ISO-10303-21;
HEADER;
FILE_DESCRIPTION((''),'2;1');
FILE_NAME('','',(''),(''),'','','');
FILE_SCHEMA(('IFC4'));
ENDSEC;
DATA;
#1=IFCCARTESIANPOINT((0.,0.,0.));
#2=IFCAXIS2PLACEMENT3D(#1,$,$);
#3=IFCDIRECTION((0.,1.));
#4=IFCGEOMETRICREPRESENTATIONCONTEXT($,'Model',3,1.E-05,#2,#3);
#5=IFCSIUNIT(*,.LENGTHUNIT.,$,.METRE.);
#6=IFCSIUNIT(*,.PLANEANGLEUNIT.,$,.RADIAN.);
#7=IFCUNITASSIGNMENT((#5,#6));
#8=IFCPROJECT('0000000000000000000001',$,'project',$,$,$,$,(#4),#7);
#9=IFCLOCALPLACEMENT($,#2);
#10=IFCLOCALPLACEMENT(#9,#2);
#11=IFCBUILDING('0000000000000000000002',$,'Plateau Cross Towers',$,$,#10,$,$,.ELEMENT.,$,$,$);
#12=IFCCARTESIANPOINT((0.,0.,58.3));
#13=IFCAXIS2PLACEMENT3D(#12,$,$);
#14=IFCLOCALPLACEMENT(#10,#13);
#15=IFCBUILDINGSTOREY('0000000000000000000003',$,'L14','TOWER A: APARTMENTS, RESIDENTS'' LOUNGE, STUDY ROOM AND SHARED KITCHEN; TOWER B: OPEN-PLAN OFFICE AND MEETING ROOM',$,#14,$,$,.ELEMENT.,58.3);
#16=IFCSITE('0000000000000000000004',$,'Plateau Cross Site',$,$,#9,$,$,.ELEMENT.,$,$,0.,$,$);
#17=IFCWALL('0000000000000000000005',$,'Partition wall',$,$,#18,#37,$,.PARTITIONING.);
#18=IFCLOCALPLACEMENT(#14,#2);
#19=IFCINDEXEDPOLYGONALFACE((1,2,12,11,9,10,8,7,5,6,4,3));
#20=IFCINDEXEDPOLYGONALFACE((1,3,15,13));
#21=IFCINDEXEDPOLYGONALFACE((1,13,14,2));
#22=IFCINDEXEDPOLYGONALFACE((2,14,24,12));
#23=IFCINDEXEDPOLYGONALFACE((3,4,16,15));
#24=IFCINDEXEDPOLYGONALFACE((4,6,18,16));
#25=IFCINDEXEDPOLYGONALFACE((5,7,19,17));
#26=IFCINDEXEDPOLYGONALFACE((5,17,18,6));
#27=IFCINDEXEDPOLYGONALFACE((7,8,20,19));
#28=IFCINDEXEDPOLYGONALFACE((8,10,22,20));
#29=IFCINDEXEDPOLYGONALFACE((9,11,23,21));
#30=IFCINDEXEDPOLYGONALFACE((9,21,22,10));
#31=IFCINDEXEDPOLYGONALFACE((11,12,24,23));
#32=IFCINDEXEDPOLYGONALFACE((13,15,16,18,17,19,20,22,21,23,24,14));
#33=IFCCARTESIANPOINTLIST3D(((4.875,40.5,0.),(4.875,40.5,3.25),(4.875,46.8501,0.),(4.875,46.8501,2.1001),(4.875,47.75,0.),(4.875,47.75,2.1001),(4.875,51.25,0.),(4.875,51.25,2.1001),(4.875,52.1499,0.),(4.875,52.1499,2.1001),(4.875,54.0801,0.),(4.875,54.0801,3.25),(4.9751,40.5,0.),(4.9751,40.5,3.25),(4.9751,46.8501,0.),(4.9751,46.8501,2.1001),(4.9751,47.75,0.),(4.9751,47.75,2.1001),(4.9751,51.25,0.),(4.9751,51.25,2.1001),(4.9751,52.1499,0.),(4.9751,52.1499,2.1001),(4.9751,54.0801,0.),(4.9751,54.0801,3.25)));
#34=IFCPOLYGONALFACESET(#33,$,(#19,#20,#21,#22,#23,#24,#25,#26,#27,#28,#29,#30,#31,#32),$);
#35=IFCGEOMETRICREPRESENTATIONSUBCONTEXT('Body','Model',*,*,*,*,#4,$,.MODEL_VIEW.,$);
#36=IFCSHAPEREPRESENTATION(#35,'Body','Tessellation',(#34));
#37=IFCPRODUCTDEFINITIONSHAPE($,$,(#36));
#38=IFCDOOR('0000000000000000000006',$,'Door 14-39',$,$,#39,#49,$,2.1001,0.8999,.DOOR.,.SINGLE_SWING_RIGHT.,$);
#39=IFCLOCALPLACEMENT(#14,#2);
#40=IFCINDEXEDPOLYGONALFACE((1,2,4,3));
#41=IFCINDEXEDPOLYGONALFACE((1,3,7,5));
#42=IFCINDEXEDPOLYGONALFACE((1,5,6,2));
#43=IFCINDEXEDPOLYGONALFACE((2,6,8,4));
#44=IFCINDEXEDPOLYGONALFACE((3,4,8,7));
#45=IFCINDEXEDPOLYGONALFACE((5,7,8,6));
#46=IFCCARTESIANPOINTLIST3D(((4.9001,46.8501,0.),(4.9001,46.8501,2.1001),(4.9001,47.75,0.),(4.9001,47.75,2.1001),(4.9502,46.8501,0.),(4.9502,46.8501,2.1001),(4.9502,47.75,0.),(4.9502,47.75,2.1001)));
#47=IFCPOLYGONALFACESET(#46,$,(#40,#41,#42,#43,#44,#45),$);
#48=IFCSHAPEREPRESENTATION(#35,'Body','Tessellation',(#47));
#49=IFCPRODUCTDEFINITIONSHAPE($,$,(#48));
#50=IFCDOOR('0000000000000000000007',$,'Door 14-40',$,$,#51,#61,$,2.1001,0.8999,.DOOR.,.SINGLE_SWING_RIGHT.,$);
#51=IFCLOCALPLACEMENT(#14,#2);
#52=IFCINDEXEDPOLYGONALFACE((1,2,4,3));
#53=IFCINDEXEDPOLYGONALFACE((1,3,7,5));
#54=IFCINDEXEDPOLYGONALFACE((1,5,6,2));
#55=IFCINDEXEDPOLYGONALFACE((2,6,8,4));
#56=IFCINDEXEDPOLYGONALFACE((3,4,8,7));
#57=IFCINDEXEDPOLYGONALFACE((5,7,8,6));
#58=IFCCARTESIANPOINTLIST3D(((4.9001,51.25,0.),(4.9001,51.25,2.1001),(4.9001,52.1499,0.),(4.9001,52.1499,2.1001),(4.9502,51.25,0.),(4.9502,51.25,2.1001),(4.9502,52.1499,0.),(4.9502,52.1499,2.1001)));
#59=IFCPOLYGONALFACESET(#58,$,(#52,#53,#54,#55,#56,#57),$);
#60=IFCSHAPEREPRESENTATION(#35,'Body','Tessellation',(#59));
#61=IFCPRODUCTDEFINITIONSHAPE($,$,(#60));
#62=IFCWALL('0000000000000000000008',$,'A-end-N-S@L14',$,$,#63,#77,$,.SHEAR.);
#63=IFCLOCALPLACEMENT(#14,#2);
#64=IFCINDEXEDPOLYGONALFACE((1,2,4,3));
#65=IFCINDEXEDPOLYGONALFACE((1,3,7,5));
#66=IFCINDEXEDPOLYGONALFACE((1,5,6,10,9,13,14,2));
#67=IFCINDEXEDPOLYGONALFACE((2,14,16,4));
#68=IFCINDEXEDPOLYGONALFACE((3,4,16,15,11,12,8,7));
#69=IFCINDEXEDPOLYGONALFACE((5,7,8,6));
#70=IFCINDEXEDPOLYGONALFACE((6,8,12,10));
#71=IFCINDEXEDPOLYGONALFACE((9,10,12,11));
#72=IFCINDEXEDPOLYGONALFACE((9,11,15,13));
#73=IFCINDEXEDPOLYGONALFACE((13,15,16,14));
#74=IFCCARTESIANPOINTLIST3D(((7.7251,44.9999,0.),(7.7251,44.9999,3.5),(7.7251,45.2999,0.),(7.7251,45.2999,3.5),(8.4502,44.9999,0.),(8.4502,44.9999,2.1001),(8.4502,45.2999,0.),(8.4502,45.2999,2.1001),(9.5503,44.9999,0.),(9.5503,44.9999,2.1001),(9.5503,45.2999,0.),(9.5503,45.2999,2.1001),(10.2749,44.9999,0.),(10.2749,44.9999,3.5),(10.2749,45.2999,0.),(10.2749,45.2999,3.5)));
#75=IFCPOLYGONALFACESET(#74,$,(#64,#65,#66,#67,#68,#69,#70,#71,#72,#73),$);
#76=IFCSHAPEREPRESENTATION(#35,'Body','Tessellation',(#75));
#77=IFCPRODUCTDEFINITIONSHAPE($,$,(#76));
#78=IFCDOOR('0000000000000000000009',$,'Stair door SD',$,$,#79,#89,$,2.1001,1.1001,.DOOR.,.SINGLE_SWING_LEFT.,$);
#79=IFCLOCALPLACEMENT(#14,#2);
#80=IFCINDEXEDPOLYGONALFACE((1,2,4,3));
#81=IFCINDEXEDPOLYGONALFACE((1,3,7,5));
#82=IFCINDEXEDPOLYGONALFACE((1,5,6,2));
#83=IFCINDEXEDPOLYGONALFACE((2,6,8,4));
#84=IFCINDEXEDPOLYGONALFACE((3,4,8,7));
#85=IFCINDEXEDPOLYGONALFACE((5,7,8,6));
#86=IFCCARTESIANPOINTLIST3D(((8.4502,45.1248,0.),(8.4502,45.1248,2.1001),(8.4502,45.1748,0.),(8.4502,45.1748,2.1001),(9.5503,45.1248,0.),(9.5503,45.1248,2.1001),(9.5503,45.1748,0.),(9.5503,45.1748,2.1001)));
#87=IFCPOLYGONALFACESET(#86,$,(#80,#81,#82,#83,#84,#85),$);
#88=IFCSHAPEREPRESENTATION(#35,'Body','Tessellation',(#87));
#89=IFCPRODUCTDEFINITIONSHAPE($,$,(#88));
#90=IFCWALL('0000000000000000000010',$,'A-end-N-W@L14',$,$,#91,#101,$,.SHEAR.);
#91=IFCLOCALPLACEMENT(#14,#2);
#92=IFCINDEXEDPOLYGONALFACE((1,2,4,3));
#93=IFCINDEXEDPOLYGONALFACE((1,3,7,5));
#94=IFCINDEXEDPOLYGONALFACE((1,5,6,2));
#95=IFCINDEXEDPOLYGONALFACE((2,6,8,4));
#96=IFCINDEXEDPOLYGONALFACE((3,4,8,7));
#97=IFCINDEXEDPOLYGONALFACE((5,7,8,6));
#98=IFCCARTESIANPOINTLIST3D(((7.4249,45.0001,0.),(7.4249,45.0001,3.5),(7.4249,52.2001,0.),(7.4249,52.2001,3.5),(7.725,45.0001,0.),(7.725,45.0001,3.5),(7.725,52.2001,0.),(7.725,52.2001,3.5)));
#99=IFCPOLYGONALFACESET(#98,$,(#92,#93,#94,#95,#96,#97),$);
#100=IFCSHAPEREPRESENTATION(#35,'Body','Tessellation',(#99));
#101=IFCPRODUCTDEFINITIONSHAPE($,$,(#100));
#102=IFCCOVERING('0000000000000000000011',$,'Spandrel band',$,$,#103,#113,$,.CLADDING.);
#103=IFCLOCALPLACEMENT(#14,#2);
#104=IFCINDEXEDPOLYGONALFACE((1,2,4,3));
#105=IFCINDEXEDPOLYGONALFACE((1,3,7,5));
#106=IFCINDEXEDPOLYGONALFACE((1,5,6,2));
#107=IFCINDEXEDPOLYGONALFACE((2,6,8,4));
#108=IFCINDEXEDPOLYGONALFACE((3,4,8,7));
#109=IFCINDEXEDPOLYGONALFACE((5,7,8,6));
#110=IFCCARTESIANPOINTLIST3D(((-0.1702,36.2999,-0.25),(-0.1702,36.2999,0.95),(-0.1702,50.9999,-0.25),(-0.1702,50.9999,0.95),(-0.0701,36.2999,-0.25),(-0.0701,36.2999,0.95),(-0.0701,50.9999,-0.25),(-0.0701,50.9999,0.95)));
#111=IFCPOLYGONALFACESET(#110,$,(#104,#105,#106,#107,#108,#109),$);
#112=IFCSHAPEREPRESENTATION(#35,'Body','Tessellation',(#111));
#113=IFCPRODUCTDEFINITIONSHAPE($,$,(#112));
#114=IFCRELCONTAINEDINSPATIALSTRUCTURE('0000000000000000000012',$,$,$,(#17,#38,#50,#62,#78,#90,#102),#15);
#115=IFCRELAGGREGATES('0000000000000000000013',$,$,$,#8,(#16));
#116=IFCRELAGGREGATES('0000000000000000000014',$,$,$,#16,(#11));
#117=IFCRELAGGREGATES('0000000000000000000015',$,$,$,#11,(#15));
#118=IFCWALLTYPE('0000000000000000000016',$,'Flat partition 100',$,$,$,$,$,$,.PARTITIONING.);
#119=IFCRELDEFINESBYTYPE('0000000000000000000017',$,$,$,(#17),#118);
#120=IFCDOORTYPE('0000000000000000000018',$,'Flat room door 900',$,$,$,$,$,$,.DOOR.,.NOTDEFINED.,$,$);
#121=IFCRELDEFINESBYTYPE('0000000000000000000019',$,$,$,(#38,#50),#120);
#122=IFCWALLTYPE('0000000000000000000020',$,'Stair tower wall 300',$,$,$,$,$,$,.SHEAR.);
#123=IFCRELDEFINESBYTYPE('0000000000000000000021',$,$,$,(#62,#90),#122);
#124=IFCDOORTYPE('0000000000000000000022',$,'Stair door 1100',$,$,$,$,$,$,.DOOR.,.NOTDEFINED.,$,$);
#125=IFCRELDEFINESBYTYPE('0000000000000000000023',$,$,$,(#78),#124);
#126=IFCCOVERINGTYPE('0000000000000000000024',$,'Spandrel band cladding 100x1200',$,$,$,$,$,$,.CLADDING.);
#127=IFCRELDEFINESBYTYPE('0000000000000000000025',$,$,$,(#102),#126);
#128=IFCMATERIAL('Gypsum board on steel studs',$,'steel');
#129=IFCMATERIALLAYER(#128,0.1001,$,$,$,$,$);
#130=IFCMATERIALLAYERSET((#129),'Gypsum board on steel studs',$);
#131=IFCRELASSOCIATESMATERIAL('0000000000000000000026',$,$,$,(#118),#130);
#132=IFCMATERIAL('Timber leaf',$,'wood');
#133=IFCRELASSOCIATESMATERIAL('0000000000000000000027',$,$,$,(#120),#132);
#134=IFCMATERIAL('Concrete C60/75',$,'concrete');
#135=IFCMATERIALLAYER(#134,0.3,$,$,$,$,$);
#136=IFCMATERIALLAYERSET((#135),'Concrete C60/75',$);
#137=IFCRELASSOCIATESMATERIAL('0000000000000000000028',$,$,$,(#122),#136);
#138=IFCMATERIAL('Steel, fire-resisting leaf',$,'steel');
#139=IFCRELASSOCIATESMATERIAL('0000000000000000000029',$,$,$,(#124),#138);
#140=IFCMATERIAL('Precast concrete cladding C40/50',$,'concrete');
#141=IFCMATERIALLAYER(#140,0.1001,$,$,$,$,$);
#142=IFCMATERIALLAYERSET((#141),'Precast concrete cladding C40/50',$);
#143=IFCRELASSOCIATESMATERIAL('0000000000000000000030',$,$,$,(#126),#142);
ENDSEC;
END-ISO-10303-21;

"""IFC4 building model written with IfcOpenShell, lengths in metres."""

from ifc_helpers import new_model, si_unit, direction, frame, frame_2d, origin, origin_2d, place, context, subcontext, project, spatial, rectangle, extrude, material, layer, layer_set, type_object, element, fill, save


model = new_model("IFC4")

# Units and contexts
model_context = context("Model", 3, precision=1e-05, world=origin(), true_north=direction((0.0, 1.0)))
body_context = subcontext(model_context, "Body", "Model", "MODEL_VIEW")
ifc_project = project(units=[si_unit("LENGTHUNIT", "METRE"), si_unit("PLANEANGLEUNIT", "RADIAN")], contexts=[model_context])

# Site, building, storey
site_placement = place(None, origin())
site = spatial("IfcSite", under=ifc_project, at=site_placement, Name="Plateau Cross Site", CompositionType="ELEMENT", RefElevation=0.0)
building_placement = place(site_placement, origin())
building = spatial("IfcBuilding", under=site, at=building_placement, Name="Plateau Cross Towers", CompositionType="ELEMENT")
storey_placement = place(building_placement, frame((0.0, 0.0, 58.3)))
storey = spatial("IfcBuildingStorey", under=building, at=storey_placement, Name="L14", Description="TOWER A: APARTMENTS, RESIDENTS' LOUNGE, STUDY ROOM AND SHARED KITCHEN; TOWER B: OPEN-PLAN OFFICE AND MEETING ROOM", CompositionType="ELEMENT", Elevation=58.3)

# Shared definitions
ifc_material_1 = material(Name="Gypsum board on steel studs", Category="steel")
ifc_layer_1 = layer(ifc_material_1, 0.1001)
ifc_layer_set_1 = layer_set([ifc_layer_1], Name="Gypsum board on steel studs")
wall_type_1 = type_object("IfcWallType", Name="Flat partition 100", PredefinedType="PARTITIONING", material=ifc_layer_set_1)

# Shared definitions
ifc_material_2 = material(Name="Timber leaf", Category="wood")
door_type_1 = type_object("IfcDoorType", Name="Flat room door 900", OperationType="NOTDEFINED", PredefinedType="DOOR", material=ifc_material_2)

# Wall, openings, doors
wall_1_placement = place(storey_placement, frame((4.925, 40.5, 0.0), z_axis=(0.0, 0.0, 1.0), x_axis=(0.0, 1.0, 0.0)))
wall_1 = element("IfcWall", 1, at=wall_1_placement, inside=storey, type_object=wall_type_1, Name="Partition wall", PredefinedType="PARTITIONING", context=body_context, shape_type="SweptSolid", body=[
    extrude(rectangle(XDim=13.5801, YDim=0.1001, at=frame_2d((6.79, 0.0))), origin(), (0.0, 0.0, 1.0), 3.25),
])
opening_1_placement = place(wall_1_placement, frame((6.3501, 0.0, 0.0)))
opening_1 = element("IfcOpeningElement", 2, at=opening_1_placement, cuts=wall_1, PredefinedType="OPENING", context=body_context, shape_type="SweptSolid", body=[
    extrude(rectangle(XDim=0.8999, YDim=2.1001, at=frame_2d((0.45, 1.05))), frame((0.0, 0.0601, 0.0), z_axis=(0.0, -1.0, 0.0), x_axis=(1.0, 0.0, 0.0)), (0.0, 0.0, 1.0), 0.1201),
])
opening_2_placement = place(wall_1_placement, frame((10.75, 0.0, 0.0)))
opening_2 = element("IfcOpeningElement", 3, at=opening_2_placement, cuts=wall_1, PredefinedType="OPENING", context=body_context, shape_type="SweptSolid", body=[
    extrude(rectangle(XDim=0.8999, YDim=2.1001, at=frame_2d((0.45, 1.05))), frame((0.0, 0.0601, 0.0), z_axis=(0.0, -1.0, 0.0), x_axis=(1.0, 0.0, 0.0)), (0.0, 0.0, 1.0), 0.1201),
])
door_1_placement = place(opening_1_placement, origin())
door_1 = element("IfcDoor", 4, at=door_1_placement, inside=storey, type_object=door_type_1, Name="Door 14-39", OperationType="SINGLE_SWING_RIGHT", OverallHeight=2.1001, OverallWidth=0.8999, PredefinedType="DOOR", context=body_context, shape_type="SweptSolid", body=[
    extrude(rectangle(XDim=0.8999, YDim=2.1001, at=frame_2d((0.45, 1.05))), frame((0.0, 0.0249, 0.0), z_axis=(0.0, -1.0, 0.0), x_axis=(1.0, 0.0, 0.0)), (0.0, 0.0, 1.0), 0.05),
])
fill(opening_1, door_1)
door_2_placement = place(opening_2_placement, origin())
door_2 = element("IfcDoor", 5, at=door_2_placement, inside=storey, type_object=door_type_1, Name="Door 14-40", OperationType="SINGLE_SWING_RIGHT", OverallHeight=2.1001, OverallWidth=0.8999, PredefinedType="DOOR", context=body_context, shape_type="SweptSolid", body=[
    extrude(rectangle(XDim=0.8999, YDim=2.1001, at=frame_2d((0.45, 1.05))), frame((0.0, 0.0249, 0.0), z_axis=(0.0, -1.0, 0.0), x_axis=(1.0, 0.0, 0.0)), (0.0, 0.0, 1.0), 0.05),
])
fill(opening_2, door_2)

# Wall, opening, door
ifc_material_3 = material(Name="Concrete C60/75", Category="concrete")
ifc_layer_2 = layer(ifc_material_3, 0.3)
ifc_layer_set_2 = layer_set([ifc_layer_2], Name="Concrete C60/75")
wall_type_2 = type_object("IfcWallType", Name="Stair tower wall 300", PredefinedType="SHEAR", material=ifc_layer_set_2)
wall_2_placement = place(storey_placement, frame((7.7251, 45.1499, 0.0), z_axis=(0.0, 0.0, 1.0), x_axis=(1.0, 0.0, 0.0)))
wall_2 = element("IfcWall", 6, at=wall_2_placement, inside=storey, type_object=wall_type_2, Name="A-end-N-S@L14", PredefinedType="SHEAR", context=body_context, shape_type="SweptSolid", body=[
    extrude(rectangle(XDim=2.5498, YDim=0.3, at=frame_2d((1.2749, 0.0))), origin(), (0.0, 0.0, 1.0), 3.5),
])
opening_3_placement = place(wall_2_placement, frame((0.7251, 0.0, 0.0)))
opening_3 = element("IfcOpeningElement", 7, at=opening_3_placement, cuts=wall_2, PredefinedType="OPENING", context=body_context, shape_type="SweptSolid", body=[
    extrude(rectangle(XDim=1.1001, YDim=2.1001, at=frame_2d((0.55, 1.05))), frame((0.0, 0.1599, 0.0), z_axis=(0.0, -1.0, 0.0), x_axis=(1.0, 0.0, 0.0)), (0.0, 0.0, 1.0), 0.3201),
])
ifc_material_4 = material(Name="Steel, fire-resisting leaf", Category="steel")
door_type_2 = type_object("IfcDoorType", Name="Stair door 1100", OperationType="NOTDEFINED", PredefinedType="DOOR", material=ifc_material_4)
door_3_placement = place(opening_3_placement, origin())
door_3 = element("IfcDoor", 8, at=door_3_placement, inside=storey, type_object=door_type_2, Name="Stair door SD", OperationType="SINGLE_SWING_LEFT", OverallHeight=2.1001, OverallWidth=1.1001, PredefinedType="DOOR", context=body_context, shape_type="SweptSolid", body=[
    extrude(rectangle(XDim=1.1001, YDim=2.1001, at=frame_2d((0.55, 1.05))), frame((0.0, 0.0249, 0.0), z_axis=(0.0, -1.0, 0.0), x_axis=(1.0, 0.0, 0.0)), (0.0, 0.0, 1.0), 0.05),
])
fill(opening_3, door_3)

# Wall
wall_3_placement = place(storey_placement, frame((7.575, 45.0, 0.0), z_axis=(0.0, 0.0, 1.0), x_axis=(0.0, 1.0, 0.0)))
element("IfcWall", 9, at=wall_3_placement, inside=storey, type_object=wall_type_2, Name="A-end-N-W@L14", PredefinedType="SHEAR", context=body_context, shape_type="SweptSolid", body=[
    extrude(rectangle(XDim=7.2, YDim=0.3, at=frame_2d((3.6001, 0.0))), origin(), (0.0, 0.0, 1.0), 3.5),
])

# Covering
ifc_material_5 = material(Name="Precast concrete cladding C40/50", Category="concrete")
ifc_layer_3 = layer(ifc_material_5, 0.1001)
ifc_layer_set_3 = layer_set([ifc_layer_3], Name="Precast concrete cladding C40/50")
covering_type = type_object("IfcCoveringType", Name="Spandrel band cladding 100x1200", PredefinedType="CLADDING", material=ifc_layer_set_3)
covering_placement = place(storey_placement, frame((-0.1201, 43.6499, -0.25), z_axis=(0.0, 0.0, 1.0), x_axis=(0.0, -1.0, 0.0)))
element("IfcCovering", 10, at=covering_placement, inside=storey, type_object=covering_type, Name="Spandrel band", PredefinedType="CLADDING", context=body_context, shape_type="SweptSolid", body=[
    extrude(rectangle(XDim=14.7, YDim=0.1001, at=origin_2d()), origin(), (0.0, 0.0, 1.0), 1.2),
])

save(model, "model.ifc")
